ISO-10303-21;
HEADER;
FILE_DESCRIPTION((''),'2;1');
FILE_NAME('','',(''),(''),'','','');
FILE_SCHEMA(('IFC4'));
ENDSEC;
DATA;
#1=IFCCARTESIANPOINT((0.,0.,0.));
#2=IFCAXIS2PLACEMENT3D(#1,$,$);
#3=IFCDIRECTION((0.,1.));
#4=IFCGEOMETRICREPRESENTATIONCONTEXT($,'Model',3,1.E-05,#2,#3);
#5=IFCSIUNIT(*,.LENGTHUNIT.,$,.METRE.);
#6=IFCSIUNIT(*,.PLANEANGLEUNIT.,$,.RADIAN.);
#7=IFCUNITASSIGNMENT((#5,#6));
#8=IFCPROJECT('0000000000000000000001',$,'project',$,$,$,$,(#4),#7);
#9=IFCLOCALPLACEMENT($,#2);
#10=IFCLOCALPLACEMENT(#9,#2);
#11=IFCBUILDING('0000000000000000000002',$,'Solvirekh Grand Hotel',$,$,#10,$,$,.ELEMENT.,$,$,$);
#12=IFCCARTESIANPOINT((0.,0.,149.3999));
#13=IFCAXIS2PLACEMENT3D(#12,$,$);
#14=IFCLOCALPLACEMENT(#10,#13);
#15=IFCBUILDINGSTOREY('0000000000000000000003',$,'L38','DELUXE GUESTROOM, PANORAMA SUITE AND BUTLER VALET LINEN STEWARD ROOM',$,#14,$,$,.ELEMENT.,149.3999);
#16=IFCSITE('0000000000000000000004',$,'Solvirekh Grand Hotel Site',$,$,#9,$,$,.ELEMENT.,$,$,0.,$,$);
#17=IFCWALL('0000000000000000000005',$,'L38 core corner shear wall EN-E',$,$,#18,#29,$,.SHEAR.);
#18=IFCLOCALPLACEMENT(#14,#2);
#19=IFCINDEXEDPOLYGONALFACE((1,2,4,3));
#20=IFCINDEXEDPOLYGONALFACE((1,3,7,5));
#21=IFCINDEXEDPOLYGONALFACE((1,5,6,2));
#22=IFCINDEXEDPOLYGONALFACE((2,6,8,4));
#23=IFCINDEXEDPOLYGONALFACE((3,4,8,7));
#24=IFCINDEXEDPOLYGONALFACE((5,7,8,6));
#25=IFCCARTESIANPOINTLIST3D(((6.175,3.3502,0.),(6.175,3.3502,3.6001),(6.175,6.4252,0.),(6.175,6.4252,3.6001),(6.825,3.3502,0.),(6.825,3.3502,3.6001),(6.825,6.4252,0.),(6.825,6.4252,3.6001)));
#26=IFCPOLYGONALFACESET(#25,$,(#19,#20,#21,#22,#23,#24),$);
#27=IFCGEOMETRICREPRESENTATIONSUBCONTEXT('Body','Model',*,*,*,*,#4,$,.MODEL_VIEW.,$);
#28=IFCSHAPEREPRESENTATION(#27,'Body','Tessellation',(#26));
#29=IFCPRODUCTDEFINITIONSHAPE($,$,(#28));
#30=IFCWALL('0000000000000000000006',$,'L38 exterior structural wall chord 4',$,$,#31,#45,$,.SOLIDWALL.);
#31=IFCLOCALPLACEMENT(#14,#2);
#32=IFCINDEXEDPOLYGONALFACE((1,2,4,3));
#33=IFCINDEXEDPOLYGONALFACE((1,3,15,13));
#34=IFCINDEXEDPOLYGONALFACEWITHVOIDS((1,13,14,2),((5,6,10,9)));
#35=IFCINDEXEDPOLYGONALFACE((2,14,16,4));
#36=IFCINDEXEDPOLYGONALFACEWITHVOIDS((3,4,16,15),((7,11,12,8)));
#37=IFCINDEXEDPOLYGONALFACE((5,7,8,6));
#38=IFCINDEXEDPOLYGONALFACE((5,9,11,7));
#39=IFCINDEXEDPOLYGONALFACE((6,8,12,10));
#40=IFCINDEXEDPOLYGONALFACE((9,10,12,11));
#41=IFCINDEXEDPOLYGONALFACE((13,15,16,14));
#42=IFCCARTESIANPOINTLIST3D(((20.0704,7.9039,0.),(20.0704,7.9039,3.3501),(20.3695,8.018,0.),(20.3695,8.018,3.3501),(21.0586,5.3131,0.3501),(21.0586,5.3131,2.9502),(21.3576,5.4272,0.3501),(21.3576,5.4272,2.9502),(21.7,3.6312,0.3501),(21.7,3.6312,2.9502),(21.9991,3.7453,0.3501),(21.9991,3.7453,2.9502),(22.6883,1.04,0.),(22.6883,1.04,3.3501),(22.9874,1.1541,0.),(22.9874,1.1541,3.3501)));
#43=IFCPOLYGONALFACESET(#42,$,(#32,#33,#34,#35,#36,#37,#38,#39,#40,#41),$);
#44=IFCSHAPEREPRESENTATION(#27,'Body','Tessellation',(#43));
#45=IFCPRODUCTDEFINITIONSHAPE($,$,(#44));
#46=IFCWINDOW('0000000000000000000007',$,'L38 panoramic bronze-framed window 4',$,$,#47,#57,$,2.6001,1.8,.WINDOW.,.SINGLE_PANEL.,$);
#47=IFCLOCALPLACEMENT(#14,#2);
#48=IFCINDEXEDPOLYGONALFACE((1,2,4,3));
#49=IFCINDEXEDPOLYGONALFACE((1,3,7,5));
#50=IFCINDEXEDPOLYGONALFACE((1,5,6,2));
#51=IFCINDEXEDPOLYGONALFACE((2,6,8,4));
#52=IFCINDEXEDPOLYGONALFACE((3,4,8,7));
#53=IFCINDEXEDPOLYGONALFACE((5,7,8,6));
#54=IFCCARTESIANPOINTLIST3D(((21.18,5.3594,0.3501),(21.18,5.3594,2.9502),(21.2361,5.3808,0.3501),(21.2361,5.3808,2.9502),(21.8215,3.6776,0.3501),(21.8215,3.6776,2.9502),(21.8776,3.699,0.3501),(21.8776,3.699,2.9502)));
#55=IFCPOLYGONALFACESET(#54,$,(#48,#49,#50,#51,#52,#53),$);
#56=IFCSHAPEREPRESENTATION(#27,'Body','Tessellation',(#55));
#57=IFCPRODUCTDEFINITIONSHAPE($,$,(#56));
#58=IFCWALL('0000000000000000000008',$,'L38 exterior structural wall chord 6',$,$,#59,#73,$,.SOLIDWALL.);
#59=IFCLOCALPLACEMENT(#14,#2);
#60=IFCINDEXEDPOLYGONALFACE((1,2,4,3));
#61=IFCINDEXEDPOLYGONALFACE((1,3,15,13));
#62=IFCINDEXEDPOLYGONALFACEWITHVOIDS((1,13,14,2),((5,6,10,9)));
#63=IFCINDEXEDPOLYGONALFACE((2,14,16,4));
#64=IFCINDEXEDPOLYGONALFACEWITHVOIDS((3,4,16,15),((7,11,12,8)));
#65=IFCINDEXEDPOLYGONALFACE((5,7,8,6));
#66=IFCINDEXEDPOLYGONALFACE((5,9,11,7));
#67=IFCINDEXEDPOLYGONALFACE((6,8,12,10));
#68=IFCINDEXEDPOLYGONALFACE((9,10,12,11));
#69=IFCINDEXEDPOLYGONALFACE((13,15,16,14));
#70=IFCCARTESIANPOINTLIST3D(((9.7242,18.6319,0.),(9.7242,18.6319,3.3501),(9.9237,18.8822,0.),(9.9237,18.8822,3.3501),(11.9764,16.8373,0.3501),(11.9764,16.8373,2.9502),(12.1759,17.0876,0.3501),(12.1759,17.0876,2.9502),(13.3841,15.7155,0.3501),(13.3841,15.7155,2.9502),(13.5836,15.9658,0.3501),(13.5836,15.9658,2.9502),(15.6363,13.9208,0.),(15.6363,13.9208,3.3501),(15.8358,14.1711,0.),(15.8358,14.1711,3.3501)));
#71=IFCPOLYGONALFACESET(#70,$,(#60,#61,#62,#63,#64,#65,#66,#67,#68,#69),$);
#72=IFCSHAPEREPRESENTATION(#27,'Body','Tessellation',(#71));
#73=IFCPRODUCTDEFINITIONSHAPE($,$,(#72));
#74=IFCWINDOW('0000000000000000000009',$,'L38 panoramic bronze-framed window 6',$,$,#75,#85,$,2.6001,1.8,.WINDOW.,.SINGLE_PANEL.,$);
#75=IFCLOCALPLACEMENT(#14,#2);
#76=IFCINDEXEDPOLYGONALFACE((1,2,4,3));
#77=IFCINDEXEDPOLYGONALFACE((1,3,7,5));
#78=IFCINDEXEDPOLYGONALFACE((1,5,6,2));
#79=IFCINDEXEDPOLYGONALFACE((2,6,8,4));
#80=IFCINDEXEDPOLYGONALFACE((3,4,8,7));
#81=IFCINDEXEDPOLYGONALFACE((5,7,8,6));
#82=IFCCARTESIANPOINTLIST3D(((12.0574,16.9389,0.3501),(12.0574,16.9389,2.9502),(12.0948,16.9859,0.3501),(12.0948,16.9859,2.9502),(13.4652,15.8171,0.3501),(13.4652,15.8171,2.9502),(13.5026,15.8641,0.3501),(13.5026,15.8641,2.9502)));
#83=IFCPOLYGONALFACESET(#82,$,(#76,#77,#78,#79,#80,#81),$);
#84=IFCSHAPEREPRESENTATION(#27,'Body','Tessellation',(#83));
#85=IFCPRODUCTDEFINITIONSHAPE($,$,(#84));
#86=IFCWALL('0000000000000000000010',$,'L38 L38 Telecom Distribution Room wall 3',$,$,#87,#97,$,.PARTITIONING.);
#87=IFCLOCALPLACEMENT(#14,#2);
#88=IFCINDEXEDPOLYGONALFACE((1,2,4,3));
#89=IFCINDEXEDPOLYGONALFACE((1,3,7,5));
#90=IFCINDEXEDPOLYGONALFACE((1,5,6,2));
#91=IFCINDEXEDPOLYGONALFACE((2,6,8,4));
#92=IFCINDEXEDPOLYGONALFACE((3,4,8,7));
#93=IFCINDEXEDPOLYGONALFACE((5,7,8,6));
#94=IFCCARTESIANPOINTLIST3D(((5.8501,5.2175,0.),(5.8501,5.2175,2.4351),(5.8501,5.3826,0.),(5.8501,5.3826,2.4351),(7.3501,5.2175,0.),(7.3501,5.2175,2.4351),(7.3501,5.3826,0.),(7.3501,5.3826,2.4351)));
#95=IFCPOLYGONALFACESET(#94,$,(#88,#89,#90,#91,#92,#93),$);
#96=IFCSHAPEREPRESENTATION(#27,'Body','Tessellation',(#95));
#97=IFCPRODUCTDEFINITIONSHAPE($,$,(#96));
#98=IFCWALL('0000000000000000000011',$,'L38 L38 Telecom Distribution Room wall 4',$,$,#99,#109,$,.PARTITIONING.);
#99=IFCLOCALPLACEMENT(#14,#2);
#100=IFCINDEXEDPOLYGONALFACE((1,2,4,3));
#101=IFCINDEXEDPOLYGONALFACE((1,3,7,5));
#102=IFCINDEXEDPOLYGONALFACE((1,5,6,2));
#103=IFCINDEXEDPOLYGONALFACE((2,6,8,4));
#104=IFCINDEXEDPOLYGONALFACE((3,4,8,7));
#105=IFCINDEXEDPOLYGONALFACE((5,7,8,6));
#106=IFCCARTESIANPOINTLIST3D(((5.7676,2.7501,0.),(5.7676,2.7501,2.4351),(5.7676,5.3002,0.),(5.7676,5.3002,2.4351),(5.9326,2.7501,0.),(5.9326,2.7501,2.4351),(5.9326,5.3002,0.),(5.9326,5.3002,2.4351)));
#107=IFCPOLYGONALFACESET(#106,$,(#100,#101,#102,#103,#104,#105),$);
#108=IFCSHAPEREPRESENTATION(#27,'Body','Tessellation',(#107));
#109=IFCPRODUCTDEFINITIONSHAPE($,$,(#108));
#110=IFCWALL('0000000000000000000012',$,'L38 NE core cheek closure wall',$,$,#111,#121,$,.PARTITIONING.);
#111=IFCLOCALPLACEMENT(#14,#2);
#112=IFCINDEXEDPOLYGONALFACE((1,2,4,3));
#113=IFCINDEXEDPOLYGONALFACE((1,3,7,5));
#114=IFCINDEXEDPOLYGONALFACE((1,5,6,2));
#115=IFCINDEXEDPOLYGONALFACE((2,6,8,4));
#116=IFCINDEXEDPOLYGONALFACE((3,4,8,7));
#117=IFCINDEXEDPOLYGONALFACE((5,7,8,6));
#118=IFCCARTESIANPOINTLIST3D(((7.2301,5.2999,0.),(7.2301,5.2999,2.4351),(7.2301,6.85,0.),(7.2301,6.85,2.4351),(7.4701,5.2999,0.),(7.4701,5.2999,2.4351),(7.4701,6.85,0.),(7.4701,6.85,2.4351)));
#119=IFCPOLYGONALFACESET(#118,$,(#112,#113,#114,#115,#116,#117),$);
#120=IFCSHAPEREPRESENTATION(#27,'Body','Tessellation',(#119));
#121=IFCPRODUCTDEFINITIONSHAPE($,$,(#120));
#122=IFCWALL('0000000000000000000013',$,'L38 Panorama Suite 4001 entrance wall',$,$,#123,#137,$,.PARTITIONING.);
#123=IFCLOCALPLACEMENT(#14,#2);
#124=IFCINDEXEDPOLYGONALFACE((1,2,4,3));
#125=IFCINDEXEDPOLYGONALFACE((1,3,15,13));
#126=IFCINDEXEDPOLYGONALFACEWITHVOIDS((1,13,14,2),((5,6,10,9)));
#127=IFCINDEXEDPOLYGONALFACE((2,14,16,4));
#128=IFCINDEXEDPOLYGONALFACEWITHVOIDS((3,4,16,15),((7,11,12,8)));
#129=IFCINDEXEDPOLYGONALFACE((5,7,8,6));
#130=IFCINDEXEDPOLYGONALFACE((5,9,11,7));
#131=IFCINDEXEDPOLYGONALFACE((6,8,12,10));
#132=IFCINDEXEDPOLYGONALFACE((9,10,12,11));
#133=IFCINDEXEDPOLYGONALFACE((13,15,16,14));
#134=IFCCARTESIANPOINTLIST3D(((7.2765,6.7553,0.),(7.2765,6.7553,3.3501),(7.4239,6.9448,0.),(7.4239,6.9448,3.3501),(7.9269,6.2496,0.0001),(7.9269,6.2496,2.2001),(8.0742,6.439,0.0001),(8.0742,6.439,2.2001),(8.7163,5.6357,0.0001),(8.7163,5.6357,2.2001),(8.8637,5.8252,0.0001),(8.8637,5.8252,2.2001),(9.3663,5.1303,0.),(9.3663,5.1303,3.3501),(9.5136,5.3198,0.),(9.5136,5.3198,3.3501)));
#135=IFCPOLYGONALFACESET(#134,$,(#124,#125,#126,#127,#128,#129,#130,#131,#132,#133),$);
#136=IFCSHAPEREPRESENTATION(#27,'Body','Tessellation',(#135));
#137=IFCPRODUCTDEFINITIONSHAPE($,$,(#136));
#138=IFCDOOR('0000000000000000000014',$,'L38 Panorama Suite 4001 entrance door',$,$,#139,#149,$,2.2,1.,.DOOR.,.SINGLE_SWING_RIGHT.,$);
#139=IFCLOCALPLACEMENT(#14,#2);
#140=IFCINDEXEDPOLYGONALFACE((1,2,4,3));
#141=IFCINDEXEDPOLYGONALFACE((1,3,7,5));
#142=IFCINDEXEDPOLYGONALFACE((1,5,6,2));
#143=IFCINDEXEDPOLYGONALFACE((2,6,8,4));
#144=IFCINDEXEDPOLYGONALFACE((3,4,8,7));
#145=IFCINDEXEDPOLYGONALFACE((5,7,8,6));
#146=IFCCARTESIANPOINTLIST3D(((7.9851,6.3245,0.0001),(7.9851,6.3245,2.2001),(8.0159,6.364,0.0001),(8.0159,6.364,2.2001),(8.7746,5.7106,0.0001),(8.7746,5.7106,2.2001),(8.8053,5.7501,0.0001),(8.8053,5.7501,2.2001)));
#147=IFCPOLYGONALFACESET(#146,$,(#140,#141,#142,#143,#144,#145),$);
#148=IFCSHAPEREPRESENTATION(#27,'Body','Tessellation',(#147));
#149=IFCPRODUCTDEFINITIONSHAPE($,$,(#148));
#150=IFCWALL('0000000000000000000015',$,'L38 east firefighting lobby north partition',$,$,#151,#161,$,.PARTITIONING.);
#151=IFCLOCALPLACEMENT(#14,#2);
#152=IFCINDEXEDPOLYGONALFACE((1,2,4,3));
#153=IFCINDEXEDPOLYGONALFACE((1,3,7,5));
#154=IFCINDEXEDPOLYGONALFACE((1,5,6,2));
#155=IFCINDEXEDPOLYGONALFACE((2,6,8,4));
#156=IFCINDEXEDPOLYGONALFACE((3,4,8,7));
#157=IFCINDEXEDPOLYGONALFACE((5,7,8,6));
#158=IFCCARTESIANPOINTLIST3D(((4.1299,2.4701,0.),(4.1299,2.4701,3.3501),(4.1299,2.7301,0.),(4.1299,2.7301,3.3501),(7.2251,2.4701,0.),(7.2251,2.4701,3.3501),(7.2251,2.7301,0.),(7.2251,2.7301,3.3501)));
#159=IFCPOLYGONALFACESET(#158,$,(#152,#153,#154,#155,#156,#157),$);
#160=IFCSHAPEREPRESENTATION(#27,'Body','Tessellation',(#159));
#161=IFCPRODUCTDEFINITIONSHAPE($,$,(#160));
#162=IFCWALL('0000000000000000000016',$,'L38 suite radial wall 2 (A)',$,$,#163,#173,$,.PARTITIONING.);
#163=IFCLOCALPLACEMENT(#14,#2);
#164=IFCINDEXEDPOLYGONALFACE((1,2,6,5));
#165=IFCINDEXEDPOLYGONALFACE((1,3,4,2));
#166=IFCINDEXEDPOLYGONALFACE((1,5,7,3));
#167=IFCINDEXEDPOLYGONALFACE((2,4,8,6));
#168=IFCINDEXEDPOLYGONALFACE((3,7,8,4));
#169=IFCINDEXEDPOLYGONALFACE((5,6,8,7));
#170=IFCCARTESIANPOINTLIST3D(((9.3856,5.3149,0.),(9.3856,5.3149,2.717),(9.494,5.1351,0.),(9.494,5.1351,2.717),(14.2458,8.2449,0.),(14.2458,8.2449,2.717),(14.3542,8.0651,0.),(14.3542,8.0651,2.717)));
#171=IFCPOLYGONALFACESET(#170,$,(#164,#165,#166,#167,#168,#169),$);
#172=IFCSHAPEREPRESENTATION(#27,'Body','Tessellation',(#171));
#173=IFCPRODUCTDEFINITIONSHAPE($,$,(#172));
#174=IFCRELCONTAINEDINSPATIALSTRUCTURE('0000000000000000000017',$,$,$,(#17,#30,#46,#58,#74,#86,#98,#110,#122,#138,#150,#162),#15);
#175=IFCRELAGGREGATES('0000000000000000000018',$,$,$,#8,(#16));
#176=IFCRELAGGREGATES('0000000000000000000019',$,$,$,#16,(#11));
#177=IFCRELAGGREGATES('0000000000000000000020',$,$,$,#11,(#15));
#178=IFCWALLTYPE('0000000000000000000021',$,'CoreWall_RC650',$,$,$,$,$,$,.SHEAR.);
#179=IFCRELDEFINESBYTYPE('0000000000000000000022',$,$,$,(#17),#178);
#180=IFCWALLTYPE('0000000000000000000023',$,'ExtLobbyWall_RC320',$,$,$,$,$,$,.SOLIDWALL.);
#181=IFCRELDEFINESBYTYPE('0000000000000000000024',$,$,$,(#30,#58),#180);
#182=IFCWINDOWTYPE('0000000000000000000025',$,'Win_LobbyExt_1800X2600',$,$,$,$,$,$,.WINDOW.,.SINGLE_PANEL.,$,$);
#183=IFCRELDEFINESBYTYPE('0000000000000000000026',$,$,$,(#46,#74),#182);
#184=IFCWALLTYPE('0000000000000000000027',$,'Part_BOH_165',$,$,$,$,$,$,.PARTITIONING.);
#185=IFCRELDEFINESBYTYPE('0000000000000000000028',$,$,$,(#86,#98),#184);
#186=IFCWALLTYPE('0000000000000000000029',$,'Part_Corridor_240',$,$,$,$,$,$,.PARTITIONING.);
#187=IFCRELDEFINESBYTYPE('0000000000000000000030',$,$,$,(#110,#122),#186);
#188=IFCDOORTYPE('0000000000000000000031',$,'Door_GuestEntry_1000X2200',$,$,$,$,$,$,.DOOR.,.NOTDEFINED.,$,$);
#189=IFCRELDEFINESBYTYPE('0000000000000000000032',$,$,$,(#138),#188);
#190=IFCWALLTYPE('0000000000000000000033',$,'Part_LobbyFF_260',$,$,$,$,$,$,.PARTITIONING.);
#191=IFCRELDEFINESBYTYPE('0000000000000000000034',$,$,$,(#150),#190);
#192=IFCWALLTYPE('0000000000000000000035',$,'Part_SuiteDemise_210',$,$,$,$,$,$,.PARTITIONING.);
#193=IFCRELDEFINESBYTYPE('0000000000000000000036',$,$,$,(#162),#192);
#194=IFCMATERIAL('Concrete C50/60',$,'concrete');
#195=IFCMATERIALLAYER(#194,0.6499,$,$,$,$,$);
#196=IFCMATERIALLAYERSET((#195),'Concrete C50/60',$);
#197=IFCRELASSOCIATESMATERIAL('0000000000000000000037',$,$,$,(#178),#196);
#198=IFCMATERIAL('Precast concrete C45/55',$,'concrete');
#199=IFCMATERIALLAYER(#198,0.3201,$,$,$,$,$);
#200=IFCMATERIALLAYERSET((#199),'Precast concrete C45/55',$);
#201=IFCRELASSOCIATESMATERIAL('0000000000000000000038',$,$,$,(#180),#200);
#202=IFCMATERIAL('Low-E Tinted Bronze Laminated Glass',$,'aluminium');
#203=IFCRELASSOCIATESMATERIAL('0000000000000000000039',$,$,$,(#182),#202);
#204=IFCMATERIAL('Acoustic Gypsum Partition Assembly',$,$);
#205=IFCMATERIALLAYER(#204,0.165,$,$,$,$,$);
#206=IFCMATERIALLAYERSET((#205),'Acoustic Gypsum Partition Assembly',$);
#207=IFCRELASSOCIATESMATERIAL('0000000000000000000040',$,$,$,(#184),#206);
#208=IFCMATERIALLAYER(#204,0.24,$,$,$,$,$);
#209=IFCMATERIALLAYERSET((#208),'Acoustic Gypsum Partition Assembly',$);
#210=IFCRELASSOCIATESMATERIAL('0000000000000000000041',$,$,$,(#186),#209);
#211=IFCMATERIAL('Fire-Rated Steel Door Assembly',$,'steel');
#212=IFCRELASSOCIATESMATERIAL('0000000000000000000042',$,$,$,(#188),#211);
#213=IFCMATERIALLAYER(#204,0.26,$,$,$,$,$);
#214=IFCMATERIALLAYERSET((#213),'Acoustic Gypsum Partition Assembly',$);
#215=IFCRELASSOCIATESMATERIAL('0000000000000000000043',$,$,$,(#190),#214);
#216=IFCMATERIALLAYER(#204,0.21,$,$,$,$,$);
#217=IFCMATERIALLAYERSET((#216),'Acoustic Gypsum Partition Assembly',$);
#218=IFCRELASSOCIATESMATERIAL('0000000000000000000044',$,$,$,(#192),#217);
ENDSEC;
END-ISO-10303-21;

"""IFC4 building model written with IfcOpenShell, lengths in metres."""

from ifc_helpers import new_model, si_unit, direction, frame, frame_2d, origin, place, context, subcontext, project, spatial, rectangle, extrude, material, layer, layer_set, type_object, element, fill, save


model = new_model("IFC4")

# Units and contexts
model_context = context("Model", 3, precision=1e-05, world=origin(), true_north=direction((0.0, 1.0)))
body_context = subcontext(model_context, "Body", "Model", "MODEL_VIEW")
ifc_project = project(units=[si_unit("LENGTHUNIT", "METRE"), si_unit("PLANEANGLEUNIT", "RADIAN")], contexts=[model_context])

# Site, building, storey
site_placement = place(None, origin())
site = spatial("IfcSite", under=ifc_project, at=site_placement, Name="Solvirekh Grand Hotel Site", CompositionType="ELEMENT", RefElevation=0.0)
building_placement = place(site_placement, origin())
building = spatial("IfcBuilding", under=site, at=building_placement, Name="Solvirekh Grand Hotel", CompositionType="ELEMENT")
storey_placement = place(building_placement, frame((0.0, 0.0, 149.3999)))
storey = spatial("IfcBuildingStorey", under=building, at=storey_placement, Name="L38", Description="DELUXE GUESTROOM, PANORAMA SUITE AND BUTLER VALET LINEN STEWARD ROOM", CompositionType="ELEMENT", Elevation=149.3999)

# Shared definitions
ifc_material_1 = material(Name="Concrete C50/60", Category="concrete")

# Shared definitions
ifc_material_2 = material(Name="Low-E Tinted Bronze Laminated Glass", Category="aluminium")

# Wall
ifc_layer_1 = layer(ifc_material_1, 0.6499)
ifc_layer_set_1 = layer_set([ifc_layer_1], Name="Concrete C50/60")
wall_type_1 = type_object("IfcWallType", Name="CoreWall_RC650", PredefinedType="SHEAR", material=ifc_layer_set_1)
wall_1_placement = place(storey_placement, frame((6.5, 3.3501, 0.0), z_axis=(0.0, 0.0, 1.0), x_axis=(0.0, 1.0, 0.0)))
element("IfcWall", 1, at=wall_1_placement, inside=storey, type_object=wall_type_1, Name="L38 core corner shear wall EN-E", PredefinedType="SHEAR", context=body_context, shape_type="SweptSolid", body=[
    extrude(rectangle(XDim=3.075, YDim=0.6499, at=frame_2d((1.5376, 0.0))), origin(), (0.0, 0.0, 1.0), 3.6001),
])

# Walls, openings, windows
ifc_material_3 = material(Name="Precast concrete C45/55", Category="concrete")
ifc_layer_2 = layer(ifc_material_3, 0.3201)
ifc_layer_set_2 = layer_set([ifc_layer_2], Name="Precast concrete C45/55")
wall_type_2 = type_object("IfcWallType", Name="ExtLobbyWall_RC320", PredefinedType="SOLIDWALL", material=ifc_layer_set_2)
wall_2_placement = place(storey_placement, frame((20.22, 7.9609, 0.0), z_axis=(0.0, 0.0, 1.0), x_axis=(0.356359, -0.934349, 0.0)))
wall_2 = element("IfcWall", 2, at=wall_2_placement, inside=storey, type_object=wall_type_2, Name="L38 exterior structural wall chord 4", PredefinedType="SOLIDWALL", context=body_context, shape_type="SweptSolid", body=[
    extrude(rectangle(XDim=7.3462, YDim=0.3201, at=frame_2d((3.6731, 0.0))), origin(), (0.0, 0.0, 1.0), 3.3501),
])
opening_1_placement = place(wall_2_placement, frame((2.7729, 0.0, 0.3501)))
opening_1 = element("IfcOpeningElement", 3, at=opening_1_placement, cuts=wall_2, PredefinedType="OPENING", context=body_context, shape_type="SweptSolid", body=[
    extrude(rectangle(XDim=1.8, YDim=2.6001, at=frame_2d((0.8999, 1.3))), frame((0.0, 0.1699, 0.0), z_axis=(0.0, -1.0, 0.0), x_axis=(1.0, 0.0, 0.0)), (0.0, 0.0, 1.0), 0.3401),
])
window_type = type_object("IfcWindowType", Name="Win_LobbyExt_1800X2600", PartitioningType="SINGLE_PANEL", PredefinedType="WINDOW", material=ifc_material_2)
window_1_placement = place(opening_1_placement, origin())
window_1 = element("IfcWindow", 4, at=window_1_placement, inside=storey, type_object=window_type, Name="L38 panoramic bronze-framed window 4", OverallHeight=2.6001, OverallWidth=1.8, PartitioningType="SINGLE_PANEL", PredefinedType="WINDOW", context=body_context, shape_type="SweptSolid", body=[
    extrude(rectangle(XDim=1.8, YDim=2.6001, at=frame_2d((0.8999, 1.3))), frame((0.0, 0.03, 0.0), z_axis=(0.0, -1.0, 0.0), x_axis=(1.0, 0.0, 0.0)), (0.0, 0.0, 1.0), 0.0601),
])
fill(opening_1, window_1)
wall_3_placement = place(storey_placement, frame((9.824, 18.7571, 0.0), z_axis=(0.0, 0.0, 1.0), x_axis=(0.782062, -0.623201, 0.0)))
wall_3 = element("IfcWall", 5, at=wall_3_placement, inside=storey, type_object=wall_type_2, Name="L38 exterior structural wall chord 6", PredefinedType="SOLIDWALL", context=body_context, shape_type="SweptSolid", body=[
    extrude(rectangle(XDim=7.5596, YDim=0.3201, at=frame_2d((3.7798, 0.0))), origin(), (0.0, 0.0, 1.0), 3.3501),
])
opening_2_placement = place(wall_3_placement, frame((2.8799, 0.0, 0.3501)))
opening_2 = element("IfcOpeningElement", 6, at=opening_2_placement, cuts=wall_3, PredefinedType="OPENING", context=body_context, shape_type="SweptSolid", body=[
    extrude(rectangle(XDim=1.8, YDim=2.6001, at=frame_2d((0.8999, 1.3))), frame((0.0, 0.1699, 0.0), z_axis=(0.0, -1.0, 0.0), x_axis=(1.0, 0.0, 0.0)), (0.0, 0.0, 1.0), 0.3401),
])
window_2_placement = place(opening_2_placement, origin())
window_2 = element("IfcWindow", 7, at=window_2_placement, inside=storey, type_object=window_type, Name="L38 panoramic bronze-framed window 6", OverallHeight=2.6001, OverallWidth=1.8, PartitioningType="SINGLE_PANEL", PredefinedType="WINDOW", context=body_context, shape_type="SweptSolid", body=[
    extrude(rectangle(XDim=1.8, YDim=2.6001, at=frame_2d((0.8999, 1.3))), frame((0.0, 0.03, 0.0), z_axis=(0.0, -1.0, 0.0), x_axis=(1.0, 0.0, 0.0)), (0.0, 0.0, 1.0), 0.0601),
])
fill(opening_2, window_2)

# Shared definitions
ifc_material_4 = material(Name="Acoustic Gypsum Partition Assembly")
ifc_layer_3 = layer(ifc_material_4, 0.165)
ifc_layer_set_3 = layer_set([ifc_layer_3], Name="Acoustic Gypsum Partition Assembly")
wall_type_3 = type_object("IfcWallType", Name="Part_BOH_165", PredefinedType="PARTITIONING", material=ifc_layer_set_3)
ifc_material_5 = material(Name="Fire-Rated Steel Door Assembly", Category="steel")

# Walls
wall_4_placement = place(storey_placement, frame((7.3501, 5.3, 0.0), z_axis=(0.0, 0.0, 1.0), x_axis=(-1.0, 0.0, 0.0)))
element("IfcWall", 8, at=wall_4_placement, inside=storey, type_object=wall_type_3, Name="L38 L38 Telecom Distribution Room wall 3", PredefinedType="PARTITIONING", context=body_context, shape_type="SweptSolid", body=[
    extrude(rectangle(XDim=1.5, YDim=0.165, at=frame_2d((0.75, 0.0))), origin(), (0.0, 0.0, 1.0), 2.4351),
])
wall_5_placement = place(storey_placement, frame((5.8501, 5.3, 0.0), z_axis=(0.0, 0.0, 1.0), x_axis=(0.0, -1.0, 0.0)))
element("IfcWall", 9, at=wall_5_placement, inside=storey, type_object=wall_type_3, Name="L38 L38 Telecom Distribution Room wall 4", PredefinedType="PARTITIONING", context=body_context, shape_type="SweptSolid", body=[
    extrude(rectangle(XDim=2.55, YDim=0.165, at=frame_2d((1.2749, 0.0))), origin(), (0.0, 0.0, 1.0), 2.4351),
])
ifc_layer_4 = layer(ifc_material_4, 0.24)
ifc_layer_set_4 = layer_set([ifc_layer_4], Name="Acoustic Gypsum Partition Assembly")
wall_type_4 = type_object("IfcWallType", Name="Part_Corridor_240", PredefinedType="PARTITIONING", material=ifc_layer_set_4)
wall_6_placement = place(storey_placement, frame((7.3501, 5.3, 0.0), z_axis=(0.0, 0.0, 1.0), x_axis=(0.0, 1.0, 0.0)))
element("IfcWall", 10, at=wall_6_placement, inside=storey, type_object=wall_type_4, Name="L38 NE core cheek closure wall", PredefinedType="PARTITIONING", context=body_context, shape_type="SweptSolid", body=[
    extrude(rectangle(XDim=1.55, YDim=0.24, at=frame_2d((0.7749, 0.0))), origin(), (0.0, 0.0, 1.0), 2.4351),
])

# Wall, opening, door
wall_7_placement = place(storey_placement, frame((7.3501, 6.8501, 0.0), z_axis=(0.0, 0.0, 1.0), x_axis=(0.789432, -0.613838, 0.0)))
wall_7 = element("IfcWall", 11, at=wall_7_placement, inside=storey, type_object=wall_type_4, Name="L38 Panorama Suite 4001 entrance wall", PredefinedType="PARTITIONING", context=body_context, shape_type="SweptSolid", body=[
    extrude(rectangle(XDim=2.6472, YDim=0.24, at=frame_2d((1.3237, 0.0))), origin(), (0.0, 0.0, 1.0), 3.3501),
])
opening_3_placement = place(wall_7_placement, frame((0.824, 0.0, 0.0)))
opening_3 = element("IfcOpeningElement", 12, at=opening_3_placement, cuts=wall_7, PredefinedType="OPENING", context=body_context, shape_type="SweptSolid", body=[
    extrude(rectangle(XDim=1.0, YDim=2.2, at=frame_2d((0.5, 1.1001))), frame((0.0, 0.1299, 0.0), z_axis=(0.0, -1.0, 0.0), x_axis=(1.0, 0.0, 0.0)), (0.0, 0.0, 1.0), 0.26),
])
door_type_1 = type_object("IfcDoorType", Name="Door_GuestEntry_1000X2200", OperationType="NOTDEFINED", PredefinedType="DOOR", material=ifc_material_5)
door_1_placement = place(opening_3_placement, origin())
door_1 = element("IfcDoor", 13, at=door_1_placement, inside=storey, type_object=door_type_1, Name="L38 Panorama Suite 4001 entrance door", OperationType="SINGLE_SWING_RIGHT", OverallHeight=2.2, OverallWidth=1.0, PredefinedType="DOOR", context=body_context, shape_type="SweptSolid", body=[
    extrude(rectangle(XDim=1.0, YDim=2.2, at=frame_2d((0.5, 1.1001))), frame((0.0, 0.0249, 0.0), z_axis=(0.0, -1.0, 0.0), x_axis=(1.0, 0.0, 0.0)), (0.0, 0.0, 1.0), 0.05),
])
fill(opening_3, door_1)

# Walls
ifc_layer_5 = layer(ifc_material_4, 0.26)
ifc_layer_set_5 = layer_set([ifc_layer_5], Name="Acoustic Gypsum Partition Assembly")
wall_type_5 = type_object("IfcWallType", Name="Part_LobbyFF_260", PredefinedType="PARTITIONING", material=ifc_layer_set_5)
wall_8_placement = place(storey_placement, frame((4.1299, 2.6001, 0.0), z_axis=(0.0, 0.0, 1.0), x_axis=(1.0, 0.0, 0.0)))
element("IfcWall", 14, at=wall_8_placement, inside=storey, type_object=wall_type_5, Name="L38 east firefighting lobby north partition", PredefinedType="PARTITIONING", context=body_context, shape_type="SweptSolid", body=[
    extrude(rectangle(XDim=3.0952, YDim=0.26, at=frame_2d((1.5476, 0.0))), origin(), (0.0, 0.0, 1.0), 3.3501),
])
ifc_layer_6 = layer(ifc_material_4, 0.21)
ifc_layer_set_6 = layer_set([ifc_layer_6], Name="Acoustic Gypsum Partition Assembly")
wall_type_6 = type_object("IfcWallType", Name="Part_SuiteDemise_210", PredefinedType="PARTITIONING", material=ifc_layer_set_6)
wall_9_placement = place(storey_placement, frame((9.4399, 5.2251, 0.0), z_axis=(0.0, 0.0, 1.0), x_axis=(0.856413, 0.516291, 0.0)))
element("IfcWall", 15, at=wall_9_placement, inside=storey, type_object=wall_type_6, Name="L38 suite radial wall 2 (A)", PredefinedType="PARTITIONING", context=body_context, shape_type="SweptSolid", body=[
    extrude(rectangle(XDim=5.675, YDim=0.21, at=frame_2d((2.8374, 0.0))), origin(), (0.0, 0.0, 1.0), 2.717),
])

save(model, "model.ifc")
